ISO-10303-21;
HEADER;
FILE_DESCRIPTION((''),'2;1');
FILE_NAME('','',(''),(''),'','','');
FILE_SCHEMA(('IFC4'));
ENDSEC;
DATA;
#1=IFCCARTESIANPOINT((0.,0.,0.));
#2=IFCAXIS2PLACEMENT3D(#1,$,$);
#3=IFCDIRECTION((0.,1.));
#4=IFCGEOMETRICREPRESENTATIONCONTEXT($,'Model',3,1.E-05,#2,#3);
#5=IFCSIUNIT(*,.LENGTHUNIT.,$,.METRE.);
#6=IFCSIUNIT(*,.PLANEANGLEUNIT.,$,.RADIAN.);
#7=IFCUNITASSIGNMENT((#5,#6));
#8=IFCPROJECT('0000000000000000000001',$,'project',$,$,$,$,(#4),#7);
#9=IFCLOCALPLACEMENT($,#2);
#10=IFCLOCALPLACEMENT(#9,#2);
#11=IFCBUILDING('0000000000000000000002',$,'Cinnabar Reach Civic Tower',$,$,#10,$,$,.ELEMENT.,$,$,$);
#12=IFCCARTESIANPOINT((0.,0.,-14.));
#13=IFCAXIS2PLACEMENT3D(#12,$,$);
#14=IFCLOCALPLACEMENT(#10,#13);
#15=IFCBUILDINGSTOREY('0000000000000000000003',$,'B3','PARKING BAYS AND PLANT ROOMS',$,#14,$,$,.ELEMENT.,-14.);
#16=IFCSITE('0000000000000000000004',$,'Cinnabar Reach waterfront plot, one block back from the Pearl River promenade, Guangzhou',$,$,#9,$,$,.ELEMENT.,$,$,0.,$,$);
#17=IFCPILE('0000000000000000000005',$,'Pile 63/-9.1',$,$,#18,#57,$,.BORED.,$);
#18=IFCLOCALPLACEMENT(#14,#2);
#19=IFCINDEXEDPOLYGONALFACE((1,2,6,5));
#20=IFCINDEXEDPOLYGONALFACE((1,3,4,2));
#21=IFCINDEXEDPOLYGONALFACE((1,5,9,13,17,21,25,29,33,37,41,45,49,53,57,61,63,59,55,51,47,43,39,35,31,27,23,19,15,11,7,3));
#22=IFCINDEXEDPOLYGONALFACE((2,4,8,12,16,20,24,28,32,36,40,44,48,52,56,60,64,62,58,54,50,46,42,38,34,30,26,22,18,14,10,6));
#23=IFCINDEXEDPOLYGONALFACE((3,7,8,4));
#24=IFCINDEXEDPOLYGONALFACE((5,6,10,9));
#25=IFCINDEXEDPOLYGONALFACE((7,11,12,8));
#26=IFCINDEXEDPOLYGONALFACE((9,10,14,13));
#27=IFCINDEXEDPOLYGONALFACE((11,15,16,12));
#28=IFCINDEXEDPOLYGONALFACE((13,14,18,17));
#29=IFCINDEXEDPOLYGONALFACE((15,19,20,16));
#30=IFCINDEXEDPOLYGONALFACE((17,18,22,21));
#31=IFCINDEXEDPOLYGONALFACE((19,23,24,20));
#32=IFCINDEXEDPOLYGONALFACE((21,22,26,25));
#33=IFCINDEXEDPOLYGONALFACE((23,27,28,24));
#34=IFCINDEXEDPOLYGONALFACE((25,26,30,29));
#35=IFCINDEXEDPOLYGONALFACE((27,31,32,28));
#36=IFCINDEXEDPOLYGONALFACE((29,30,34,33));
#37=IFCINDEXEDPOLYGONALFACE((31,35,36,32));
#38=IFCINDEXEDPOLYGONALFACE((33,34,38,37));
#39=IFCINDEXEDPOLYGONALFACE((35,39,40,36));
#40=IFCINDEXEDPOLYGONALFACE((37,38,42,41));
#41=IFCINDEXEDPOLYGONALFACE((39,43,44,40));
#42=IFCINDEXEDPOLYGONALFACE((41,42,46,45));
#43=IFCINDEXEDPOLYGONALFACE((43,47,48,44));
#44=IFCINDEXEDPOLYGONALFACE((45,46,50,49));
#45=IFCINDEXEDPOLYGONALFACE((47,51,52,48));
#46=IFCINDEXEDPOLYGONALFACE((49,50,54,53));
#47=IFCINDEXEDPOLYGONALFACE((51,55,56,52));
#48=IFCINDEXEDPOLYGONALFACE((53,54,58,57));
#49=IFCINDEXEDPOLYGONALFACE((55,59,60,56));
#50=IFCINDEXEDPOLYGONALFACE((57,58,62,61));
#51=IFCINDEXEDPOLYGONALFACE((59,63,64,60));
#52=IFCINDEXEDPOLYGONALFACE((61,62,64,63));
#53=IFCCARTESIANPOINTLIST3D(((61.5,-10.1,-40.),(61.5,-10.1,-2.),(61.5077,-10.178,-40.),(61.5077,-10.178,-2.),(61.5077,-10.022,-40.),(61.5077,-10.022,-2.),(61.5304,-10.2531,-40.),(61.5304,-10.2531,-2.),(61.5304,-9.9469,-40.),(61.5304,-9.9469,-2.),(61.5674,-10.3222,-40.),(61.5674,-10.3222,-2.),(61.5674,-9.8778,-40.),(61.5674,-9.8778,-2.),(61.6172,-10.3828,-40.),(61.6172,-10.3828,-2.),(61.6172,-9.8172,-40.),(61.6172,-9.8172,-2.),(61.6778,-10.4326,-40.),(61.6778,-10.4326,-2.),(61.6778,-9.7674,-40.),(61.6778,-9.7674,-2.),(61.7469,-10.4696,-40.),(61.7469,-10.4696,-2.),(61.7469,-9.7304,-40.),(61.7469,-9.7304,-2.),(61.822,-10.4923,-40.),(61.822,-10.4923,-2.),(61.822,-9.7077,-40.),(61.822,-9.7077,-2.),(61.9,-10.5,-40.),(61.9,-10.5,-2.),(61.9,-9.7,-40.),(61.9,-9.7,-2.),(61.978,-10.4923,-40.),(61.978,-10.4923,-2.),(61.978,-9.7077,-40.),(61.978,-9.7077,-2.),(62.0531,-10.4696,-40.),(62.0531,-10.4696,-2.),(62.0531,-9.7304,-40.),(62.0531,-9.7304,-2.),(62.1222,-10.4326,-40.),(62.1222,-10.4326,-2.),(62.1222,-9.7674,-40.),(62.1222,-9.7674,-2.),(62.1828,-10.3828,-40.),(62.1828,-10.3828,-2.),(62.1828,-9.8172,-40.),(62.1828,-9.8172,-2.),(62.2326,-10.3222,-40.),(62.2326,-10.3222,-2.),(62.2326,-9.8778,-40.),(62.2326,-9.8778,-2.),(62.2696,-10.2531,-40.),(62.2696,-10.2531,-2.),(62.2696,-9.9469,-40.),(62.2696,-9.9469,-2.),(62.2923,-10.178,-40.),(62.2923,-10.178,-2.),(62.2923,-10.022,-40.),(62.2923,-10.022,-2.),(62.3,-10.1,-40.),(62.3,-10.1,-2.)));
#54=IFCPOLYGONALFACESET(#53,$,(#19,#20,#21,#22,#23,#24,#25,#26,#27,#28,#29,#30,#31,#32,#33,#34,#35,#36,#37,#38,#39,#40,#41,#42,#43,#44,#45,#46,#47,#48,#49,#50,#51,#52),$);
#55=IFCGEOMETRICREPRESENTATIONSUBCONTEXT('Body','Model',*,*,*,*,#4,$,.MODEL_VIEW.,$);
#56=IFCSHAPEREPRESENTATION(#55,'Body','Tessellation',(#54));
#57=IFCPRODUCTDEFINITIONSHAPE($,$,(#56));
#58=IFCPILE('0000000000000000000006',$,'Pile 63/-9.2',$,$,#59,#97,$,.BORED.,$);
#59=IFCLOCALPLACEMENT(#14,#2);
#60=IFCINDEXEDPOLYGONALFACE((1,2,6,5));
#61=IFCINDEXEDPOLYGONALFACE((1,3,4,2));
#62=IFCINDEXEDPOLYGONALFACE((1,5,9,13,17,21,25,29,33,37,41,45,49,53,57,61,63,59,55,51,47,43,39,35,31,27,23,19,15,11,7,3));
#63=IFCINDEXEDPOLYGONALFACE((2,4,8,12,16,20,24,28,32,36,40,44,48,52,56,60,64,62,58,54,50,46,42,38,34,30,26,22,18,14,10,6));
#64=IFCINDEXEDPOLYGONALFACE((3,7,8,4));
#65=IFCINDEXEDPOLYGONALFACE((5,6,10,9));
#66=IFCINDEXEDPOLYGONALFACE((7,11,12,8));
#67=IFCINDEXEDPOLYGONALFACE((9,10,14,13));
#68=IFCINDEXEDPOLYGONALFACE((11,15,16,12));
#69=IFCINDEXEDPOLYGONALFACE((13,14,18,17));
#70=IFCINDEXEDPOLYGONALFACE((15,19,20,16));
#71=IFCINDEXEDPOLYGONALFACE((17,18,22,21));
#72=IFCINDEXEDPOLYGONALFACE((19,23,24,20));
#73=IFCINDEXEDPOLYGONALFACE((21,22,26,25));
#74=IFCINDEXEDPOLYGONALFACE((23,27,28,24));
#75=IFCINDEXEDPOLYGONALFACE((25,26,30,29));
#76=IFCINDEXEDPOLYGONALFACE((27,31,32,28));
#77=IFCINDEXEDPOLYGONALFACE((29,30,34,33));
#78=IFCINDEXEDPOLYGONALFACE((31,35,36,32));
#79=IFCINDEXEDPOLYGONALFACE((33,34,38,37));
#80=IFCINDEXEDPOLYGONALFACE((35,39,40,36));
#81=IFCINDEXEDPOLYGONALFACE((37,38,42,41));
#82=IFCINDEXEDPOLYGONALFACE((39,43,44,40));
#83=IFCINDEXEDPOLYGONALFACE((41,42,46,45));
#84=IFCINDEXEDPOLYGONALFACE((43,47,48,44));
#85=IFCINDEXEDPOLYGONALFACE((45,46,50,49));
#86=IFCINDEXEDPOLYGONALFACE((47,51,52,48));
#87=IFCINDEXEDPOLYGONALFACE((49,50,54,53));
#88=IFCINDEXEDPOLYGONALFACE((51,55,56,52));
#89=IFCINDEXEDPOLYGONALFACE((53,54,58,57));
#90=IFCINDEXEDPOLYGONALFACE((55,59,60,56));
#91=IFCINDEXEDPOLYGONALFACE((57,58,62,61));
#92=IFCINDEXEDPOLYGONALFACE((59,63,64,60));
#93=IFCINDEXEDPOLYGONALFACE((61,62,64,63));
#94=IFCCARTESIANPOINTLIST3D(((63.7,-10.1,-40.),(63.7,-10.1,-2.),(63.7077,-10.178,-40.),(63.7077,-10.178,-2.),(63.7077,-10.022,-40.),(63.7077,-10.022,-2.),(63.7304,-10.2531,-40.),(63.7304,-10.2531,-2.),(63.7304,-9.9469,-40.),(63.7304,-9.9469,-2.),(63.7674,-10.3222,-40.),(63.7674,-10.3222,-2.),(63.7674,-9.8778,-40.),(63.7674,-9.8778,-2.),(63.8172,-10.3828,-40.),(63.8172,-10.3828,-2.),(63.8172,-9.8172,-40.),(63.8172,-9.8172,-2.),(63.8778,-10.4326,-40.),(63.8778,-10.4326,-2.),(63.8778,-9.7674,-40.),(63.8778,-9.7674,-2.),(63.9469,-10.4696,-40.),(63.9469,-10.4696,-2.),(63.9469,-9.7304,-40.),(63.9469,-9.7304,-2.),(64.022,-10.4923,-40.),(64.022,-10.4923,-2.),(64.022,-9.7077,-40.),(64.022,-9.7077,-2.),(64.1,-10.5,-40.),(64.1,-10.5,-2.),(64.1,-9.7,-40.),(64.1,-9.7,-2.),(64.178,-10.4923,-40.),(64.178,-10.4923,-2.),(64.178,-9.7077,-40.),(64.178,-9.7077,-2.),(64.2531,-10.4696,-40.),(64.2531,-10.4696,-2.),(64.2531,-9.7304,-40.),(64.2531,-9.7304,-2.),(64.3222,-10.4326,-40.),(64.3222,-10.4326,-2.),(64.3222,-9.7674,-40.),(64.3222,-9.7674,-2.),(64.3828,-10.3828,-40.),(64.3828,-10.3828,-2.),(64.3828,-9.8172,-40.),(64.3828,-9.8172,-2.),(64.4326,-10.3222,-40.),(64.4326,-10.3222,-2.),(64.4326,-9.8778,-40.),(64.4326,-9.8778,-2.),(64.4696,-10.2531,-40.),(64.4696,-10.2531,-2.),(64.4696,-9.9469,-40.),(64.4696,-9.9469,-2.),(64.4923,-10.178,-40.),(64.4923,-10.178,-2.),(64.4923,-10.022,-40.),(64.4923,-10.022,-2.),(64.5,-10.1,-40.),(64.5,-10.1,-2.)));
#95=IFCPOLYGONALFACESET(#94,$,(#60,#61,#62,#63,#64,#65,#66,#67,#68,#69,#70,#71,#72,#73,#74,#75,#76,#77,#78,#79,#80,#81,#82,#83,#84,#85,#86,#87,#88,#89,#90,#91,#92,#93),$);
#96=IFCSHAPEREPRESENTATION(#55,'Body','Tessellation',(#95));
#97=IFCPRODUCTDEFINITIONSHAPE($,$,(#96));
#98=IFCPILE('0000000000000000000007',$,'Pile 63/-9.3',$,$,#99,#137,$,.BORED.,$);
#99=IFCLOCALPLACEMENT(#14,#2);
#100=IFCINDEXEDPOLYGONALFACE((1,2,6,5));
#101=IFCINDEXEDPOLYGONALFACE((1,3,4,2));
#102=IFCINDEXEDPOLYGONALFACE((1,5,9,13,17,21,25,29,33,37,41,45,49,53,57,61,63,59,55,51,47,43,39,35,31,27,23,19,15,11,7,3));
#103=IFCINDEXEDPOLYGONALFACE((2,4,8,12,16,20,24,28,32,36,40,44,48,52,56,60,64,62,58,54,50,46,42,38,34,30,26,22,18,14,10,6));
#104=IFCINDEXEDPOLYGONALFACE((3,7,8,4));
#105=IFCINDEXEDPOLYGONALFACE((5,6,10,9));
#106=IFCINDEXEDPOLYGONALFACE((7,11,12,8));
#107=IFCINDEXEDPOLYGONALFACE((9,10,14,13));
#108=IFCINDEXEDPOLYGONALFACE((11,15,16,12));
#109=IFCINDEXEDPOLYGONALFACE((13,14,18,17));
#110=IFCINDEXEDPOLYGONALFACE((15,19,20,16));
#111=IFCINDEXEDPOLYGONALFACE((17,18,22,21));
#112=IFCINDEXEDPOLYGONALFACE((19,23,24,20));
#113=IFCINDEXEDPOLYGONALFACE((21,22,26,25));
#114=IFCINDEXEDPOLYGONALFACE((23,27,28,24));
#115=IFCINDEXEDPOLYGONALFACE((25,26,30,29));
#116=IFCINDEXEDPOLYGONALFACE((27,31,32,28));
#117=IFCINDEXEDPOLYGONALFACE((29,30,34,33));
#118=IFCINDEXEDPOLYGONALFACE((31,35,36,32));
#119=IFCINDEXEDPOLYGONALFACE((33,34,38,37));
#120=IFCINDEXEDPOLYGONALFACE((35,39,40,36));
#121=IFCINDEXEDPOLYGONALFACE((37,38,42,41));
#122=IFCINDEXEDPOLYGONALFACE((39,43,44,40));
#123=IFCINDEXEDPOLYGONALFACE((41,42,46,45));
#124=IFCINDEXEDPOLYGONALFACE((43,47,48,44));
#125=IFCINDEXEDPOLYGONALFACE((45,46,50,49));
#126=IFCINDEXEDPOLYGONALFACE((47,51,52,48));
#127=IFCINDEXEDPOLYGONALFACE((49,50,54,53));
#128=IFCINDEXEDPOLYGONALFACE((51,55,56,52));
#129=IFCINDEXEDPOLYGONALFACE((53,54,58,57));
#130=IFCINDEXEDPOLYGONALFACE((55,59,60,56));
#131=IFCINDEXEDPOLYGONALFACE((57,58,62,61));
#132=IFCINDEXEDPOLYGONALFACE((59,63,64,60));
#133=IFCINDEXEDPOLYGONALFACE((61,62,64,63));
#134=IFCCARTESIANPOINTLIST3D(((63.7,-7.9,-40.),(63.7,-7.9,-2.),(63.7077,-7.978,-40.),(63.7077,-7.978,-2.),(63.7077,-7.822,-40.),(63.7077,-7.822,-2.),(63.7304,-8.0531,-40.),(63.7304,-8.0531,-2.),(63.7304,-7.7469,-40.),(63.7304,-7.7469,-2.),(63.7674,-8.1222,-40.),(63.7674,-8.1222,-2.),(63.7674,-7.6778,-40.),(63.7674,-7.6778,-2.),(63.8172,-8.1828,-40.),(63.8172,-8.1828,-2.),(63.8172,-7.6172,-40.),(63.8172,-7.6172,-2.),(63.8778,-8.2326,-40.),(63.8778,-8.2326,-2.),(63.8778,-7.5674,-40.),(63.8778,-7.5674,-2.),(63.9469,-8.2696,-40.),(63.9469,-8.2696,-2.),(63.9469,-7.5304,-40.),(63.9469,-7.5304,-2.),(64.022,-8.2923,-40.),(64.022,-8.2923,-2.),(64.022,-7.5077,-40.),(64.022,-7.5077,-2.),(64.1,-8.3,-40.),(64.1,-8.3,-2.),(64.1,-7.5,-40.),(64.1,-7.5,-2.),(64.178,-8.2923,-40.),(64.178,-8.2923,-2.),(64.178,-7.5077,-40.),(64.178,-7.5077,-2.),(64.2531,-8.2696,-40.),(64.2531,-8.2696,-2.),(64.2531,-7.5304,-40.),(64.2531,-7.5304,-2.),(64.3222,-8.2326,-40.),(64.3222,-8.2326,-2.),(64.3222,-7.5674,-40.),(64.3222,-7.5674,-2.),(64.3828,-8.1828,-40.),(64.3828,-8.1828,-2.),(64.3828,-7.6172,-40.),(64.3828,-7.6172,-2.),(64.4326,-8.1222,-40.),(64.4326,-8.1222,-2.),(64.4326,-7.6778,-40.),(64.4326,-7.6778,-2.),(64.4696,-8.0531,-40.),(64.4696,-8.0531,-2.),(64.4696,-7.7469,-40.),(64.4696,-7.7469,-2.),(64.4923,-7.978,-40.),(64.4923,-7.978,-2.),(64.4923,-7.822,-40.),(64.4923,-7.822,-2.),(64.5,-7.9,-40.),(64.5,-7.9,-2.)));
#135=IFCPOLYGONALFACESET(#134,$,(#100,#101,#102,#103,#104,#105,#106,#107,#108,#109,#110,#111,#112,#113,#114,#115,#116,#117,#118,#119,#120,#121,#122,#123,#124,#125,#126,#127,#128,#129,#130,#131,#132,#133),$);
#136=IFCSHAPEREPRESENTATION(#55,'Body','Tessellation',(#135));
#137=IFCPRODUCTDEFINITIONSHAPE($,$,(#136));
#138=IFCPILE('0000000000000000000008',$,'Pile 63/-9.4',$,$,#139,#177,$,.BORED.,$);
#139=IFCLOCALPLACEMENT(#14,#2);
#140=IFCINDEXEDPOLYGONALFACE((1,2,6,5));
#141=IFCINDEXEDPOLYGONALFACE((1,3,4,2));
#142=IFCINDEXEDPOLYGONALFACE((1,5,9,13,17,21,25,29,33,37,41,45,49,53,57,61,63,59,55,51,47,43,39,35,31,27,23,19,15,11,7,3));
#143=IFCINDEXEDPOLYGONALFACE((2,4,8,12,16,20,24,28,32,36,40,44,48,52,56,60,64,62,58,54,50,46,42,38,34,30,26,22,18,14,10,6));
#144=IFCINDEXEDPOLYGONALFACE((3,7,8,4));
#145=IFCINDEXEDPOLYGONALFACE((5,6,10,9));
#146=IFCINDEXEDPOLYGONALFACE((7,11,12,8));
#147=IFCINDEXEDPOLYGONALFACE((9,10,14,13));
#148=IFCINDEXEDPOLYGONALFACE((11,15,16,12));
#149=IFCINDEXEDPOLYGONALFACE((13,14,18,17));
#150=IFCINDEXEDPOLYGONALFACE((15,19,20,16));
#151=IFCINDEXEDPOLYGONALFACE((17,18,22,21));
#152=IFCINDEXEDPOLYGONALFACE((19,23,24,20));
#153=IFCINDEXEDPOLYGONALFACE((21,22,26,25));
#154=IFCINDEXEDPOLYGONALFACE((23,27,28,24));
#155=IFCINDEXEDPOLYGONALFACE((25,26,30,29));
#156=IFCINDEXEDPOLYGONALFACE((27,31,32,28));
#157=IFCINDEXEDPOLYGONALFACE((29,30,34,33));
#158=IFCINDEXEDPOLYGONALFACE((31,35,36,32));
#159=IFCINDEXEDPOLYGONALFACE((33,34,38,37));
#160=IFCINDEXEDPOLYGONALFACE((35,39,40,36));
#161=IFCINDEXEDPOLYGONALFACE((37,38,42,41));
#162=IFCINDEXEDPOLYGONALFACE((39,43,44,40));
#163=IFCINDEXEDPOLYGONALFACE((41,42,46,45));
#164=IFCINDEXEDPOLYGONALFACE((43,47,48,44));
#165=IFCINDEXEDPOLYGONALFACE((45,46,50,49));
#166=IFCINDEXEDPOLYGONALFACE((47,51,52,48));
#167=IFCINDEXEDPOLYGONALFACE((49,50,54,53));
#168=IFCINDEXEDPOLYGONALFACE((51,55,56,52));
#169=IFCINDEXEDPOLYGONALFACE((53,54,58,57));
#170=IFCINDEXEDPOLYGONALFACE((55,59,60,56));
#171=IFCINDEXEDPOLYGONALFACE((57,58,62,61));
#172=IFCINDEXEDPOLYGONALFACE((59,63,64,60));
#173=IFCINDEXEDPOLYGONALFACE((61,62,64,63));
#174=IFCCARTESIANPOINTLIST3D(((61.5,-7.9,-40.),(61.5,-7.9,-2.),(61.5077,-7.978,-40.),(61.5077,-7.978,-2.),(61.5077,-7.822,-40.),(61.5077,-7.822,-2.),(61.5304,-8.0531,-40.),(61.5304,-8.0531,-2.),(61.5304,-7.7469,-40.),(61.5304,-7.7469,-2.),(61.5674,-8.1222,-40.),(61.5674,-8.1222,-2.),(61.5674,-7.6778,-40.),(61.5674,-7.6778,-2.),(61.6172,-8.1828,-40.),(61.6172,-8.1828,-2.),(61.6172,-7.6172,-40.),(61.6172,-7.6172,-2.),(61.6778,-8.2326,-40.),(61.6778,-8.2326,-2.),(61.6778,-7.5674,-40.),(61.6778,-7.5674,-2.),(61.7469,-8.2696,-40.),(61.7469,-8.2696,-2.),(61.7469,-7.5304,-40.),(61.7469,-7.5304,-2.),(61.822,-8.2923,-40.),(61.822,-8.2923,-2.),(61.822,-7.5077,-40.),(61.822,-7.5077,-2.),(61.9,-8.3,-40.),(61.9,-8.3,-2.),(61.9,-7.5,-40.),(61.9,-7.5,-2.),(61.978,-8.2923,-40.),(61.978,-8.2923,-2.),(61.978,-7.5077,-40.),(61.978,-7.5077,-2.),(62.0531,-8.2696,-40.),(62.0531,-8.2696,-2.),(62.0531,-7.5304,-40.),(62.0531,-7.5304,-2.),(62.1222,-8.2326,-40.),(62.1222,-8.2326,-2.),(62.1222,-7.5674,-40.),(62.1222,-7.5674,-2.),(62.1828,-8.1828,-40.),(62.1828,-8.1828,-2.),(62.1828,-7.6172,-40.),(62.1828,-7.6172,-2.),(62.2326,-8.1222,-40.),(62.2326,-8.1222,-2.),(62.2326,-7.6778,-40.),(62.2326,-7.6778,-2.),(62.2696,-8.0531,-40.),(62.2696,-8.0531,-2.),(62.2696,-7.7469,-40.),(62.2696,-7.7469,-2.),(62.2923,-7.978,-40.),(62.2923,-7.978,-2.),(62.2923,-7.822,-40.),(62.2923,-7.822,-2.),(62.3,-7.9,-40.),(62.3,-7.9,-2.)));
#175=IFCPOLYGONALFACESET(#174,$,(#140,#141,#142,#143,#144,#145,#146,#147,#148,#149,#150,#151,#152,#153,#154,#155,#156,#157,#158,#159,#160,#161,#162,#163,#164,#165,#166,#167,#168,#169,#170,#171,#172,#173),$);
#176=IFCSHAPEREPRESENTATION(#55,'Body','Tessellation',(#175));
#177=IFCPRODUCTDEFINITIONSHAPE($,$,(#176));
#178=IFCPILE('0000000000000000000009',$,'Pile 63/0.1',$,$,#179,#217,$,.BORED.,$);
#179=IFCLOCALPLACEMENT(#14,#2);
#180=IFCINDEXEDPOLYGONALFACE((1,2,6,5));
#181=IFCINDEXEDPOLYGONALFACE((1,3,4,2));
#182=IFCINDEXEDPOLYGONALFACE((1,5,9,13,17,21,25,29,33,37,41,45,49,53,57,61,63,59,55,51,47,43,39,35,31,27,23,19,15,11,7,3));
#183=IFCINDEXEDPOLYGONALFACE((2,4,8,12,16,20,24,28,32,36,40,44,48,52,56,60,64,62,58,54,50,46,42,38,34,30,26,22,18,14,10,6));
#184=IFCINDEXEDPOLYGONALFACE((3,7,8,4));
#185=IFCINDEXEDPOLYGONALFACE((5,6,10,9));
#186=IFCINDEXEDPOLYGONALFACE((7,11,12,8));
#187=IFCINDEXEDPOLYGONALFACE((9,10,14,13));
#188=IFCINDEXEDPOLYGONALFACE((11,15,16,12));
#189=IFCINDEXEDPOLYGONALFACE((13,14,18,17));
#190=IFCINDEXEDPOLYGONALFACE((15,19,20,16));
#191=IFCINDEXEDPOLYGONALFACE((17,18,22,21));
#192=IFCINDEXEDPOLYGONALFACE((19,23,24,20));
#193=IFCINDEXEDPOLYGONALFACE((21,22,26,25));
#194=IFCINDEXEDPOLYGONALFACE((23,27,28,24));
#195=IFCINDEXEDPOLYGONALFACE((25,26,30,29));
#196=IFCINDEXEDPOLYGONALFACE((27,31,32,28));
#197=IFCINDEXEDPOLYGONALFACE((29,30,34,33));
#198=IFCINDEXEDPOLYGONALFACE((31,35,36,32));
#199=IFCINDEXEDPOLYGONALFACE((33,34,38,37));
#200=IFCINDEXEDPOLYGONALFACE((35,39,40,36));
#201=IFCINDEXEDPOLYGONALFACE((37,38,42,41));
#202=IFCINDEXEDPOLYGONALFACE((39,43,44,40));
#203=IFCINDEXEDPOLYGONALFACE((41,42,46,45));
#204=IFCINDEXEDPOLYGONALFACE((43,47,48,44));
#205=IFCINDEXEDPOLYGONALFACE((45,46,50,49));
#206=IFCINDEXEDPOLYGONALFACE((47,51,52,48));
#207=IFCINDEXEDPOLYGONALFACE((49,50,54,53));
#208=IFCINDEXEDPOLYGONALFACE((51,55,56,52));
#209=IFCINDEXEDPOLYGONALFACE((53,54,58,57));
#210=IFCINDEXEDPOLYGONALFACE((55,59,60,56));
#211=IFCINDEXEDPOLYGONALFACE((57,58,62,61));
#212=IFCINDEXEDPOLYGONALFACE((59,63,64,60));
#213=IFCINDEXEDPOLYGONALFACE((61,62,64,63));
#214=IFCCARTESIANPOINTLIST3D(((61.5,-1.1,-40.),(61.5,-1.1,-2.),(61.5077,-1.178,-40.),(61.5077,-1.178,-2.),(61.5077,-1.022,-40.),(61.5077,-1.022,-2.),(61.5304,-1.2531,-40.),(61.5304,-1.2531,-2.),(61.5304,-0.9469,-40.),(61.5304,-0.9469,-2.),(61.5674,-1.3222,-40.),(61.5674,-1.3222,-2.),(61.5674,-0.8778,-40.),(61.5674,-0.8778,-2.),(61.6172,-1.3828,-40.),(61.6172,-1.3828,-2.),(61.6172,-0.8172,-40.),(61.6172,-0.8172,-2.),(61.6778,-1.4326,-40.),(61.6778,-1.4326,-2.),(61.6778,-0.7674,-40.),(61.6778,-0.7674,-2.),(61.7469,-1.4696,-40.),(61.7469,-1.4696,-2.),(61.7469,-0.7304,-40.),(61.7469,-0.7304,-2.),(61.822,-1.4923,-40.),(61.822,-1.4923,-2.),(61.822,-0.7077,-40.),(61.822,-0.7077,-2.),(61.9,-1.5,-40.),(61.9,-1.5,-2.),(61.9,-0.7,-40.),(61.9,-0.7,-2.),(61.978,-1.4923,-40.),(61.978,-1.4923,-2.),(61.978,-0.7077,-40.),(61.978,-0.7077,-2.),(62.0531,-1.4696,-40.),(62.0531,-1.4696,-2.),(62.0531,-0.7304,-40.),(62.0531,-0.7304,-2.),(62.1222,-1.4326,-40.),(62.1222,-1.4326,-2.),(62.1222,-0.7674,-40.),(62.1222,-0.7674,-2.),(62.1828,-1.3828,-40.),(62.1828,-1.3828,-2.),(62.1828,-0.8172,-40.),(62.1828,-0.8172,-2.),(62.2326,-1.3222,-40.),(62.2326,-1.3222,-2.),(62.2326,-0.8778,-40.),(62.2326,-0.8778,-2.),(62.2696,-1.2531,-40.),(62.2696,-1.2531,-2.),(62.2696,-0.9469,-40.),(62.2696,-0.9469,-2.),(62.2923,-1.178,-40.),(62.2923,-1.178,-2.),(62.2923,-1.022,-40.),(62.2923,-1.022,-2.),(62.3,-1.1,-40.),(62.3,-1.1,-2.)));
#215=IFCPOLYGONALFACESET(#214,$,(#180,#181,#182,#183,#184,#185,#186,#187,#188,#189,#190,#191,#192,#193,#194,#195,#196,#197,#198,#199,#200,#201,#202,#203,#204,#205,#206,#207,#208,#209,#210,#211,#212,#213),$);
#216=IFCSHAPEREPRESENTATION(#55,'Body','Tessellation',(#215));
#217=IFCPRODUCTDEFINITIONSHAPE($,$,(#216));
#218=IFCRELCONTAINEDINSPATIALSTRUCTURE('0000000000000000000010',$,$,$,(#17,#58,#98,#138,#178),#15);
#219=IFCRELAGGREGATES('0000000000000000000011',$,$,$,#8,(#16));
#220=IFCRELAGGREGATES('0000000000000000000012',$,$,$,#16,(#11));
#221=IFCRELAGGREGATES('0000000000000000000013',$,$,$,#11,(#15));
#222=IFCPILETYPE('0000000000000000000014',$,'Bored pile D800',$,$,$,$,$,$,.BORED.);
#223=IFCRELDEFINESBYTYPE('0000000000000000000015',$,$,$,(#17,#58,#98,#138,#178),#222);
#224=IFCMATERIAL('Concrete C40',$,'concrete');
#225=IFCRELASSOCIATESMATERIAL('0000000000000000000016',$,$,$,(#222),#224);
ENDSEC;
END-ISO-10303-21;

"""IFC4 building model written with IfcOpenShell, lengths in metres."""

from ifc_helpers import new_model, si_unit, direction, frame, origin, origin_2d, place, context, subcontext, project, spatial, circle, extrude, material, type_object, element, save


model = new_model("IFC4")

# Units and contexts
model_context = context("Model", 3, precision=1e-05, world=origin(), true_north=direction((0.0, 1.0)))
body_context = subcontext(model_context, "Body", "Model", "MODEL_VIEW")
ifc_project = project(units=[si_unit("LENGTHUNIT", "METRE"), si_unit("PLANEANGLEUNIT", "RADIAN")], contexts=[model_context])

# Site, building, storey
site_placement = place(None, origin())
site = spatial("IfcSite", under=ifc_project, at=site_placement, Name="Cinnabar Reach waterfront plot, one block back from the Pearl River promenade, Guangzhou", CompositionType="ELEMENT", RefElevation=0.0)
building_placement = place(site_placement, origin())
building = spatial("IfcBuilding", under=site, at=building_placement, Name="Cinnabar Reach Civic Tower", CompositionType="ELEMENT")
storey_placement = place(building_placement, frame((0.0, 0.0, -14.0)))
storey = spatial("IfcBuildingStorey", under=building, at=storey_placement, Name="B3", Description="PARKING BAYS AND PLANT ROOMS", CompositionType="ELEMENT", Elevation=-14.0)

# Piles
ifc_material_1 = material(Name="Concrete C40", Category="concrete")
pile_type = type_object("IfcPileType", Name="Bored pile D800", PredefinedType="BORED", material=ifc_material_1)
for number, where, z_axis, x_axis, name in (
    (1, (61.9, -10.1, -2.0), (0.0, 0.0, -1.0), (1.0, 0.0, 0.0), "Pile 63/-9.1"),
    (2, (64.1, -10.1, -2.0), (0.0, 0.0, -1.0), (1.0, 0.0, 0.0), "Pile 63/-9.2"),
    (3, (64.1, -7.9, -2.0), (0.0, 0.0, -1.0), (1.0, 0.0, 0.0), "Pile 63/-9.3"),
    (4, (61.9, -7.9, -2.0), (0.0, 0.0, -1.0), (1.0, 0.0, 0.0), "Pile 63/-9.4"),
    (5, (61.9, -1.1, -2.0), (0.0, 0.0, -1.0), (1.0, 0.0, 0.0), "Pile 63/0.1"),
):
    element("IfcPile", number, at=place(storey_placement, frame(where, z_axis=z_axis, x_axis=x_axis)), inside=storey, type_object=pile_type, Name=name, PredefinedType="BORED", context=body_context, shape_type="SweptSolid", body=[
        extrude(circle(Radius=0.4, at=origin_2d()), origin(), (0.0, 0.0, 1.0), 38.0),
    ])

save(model, "model.ifc")
